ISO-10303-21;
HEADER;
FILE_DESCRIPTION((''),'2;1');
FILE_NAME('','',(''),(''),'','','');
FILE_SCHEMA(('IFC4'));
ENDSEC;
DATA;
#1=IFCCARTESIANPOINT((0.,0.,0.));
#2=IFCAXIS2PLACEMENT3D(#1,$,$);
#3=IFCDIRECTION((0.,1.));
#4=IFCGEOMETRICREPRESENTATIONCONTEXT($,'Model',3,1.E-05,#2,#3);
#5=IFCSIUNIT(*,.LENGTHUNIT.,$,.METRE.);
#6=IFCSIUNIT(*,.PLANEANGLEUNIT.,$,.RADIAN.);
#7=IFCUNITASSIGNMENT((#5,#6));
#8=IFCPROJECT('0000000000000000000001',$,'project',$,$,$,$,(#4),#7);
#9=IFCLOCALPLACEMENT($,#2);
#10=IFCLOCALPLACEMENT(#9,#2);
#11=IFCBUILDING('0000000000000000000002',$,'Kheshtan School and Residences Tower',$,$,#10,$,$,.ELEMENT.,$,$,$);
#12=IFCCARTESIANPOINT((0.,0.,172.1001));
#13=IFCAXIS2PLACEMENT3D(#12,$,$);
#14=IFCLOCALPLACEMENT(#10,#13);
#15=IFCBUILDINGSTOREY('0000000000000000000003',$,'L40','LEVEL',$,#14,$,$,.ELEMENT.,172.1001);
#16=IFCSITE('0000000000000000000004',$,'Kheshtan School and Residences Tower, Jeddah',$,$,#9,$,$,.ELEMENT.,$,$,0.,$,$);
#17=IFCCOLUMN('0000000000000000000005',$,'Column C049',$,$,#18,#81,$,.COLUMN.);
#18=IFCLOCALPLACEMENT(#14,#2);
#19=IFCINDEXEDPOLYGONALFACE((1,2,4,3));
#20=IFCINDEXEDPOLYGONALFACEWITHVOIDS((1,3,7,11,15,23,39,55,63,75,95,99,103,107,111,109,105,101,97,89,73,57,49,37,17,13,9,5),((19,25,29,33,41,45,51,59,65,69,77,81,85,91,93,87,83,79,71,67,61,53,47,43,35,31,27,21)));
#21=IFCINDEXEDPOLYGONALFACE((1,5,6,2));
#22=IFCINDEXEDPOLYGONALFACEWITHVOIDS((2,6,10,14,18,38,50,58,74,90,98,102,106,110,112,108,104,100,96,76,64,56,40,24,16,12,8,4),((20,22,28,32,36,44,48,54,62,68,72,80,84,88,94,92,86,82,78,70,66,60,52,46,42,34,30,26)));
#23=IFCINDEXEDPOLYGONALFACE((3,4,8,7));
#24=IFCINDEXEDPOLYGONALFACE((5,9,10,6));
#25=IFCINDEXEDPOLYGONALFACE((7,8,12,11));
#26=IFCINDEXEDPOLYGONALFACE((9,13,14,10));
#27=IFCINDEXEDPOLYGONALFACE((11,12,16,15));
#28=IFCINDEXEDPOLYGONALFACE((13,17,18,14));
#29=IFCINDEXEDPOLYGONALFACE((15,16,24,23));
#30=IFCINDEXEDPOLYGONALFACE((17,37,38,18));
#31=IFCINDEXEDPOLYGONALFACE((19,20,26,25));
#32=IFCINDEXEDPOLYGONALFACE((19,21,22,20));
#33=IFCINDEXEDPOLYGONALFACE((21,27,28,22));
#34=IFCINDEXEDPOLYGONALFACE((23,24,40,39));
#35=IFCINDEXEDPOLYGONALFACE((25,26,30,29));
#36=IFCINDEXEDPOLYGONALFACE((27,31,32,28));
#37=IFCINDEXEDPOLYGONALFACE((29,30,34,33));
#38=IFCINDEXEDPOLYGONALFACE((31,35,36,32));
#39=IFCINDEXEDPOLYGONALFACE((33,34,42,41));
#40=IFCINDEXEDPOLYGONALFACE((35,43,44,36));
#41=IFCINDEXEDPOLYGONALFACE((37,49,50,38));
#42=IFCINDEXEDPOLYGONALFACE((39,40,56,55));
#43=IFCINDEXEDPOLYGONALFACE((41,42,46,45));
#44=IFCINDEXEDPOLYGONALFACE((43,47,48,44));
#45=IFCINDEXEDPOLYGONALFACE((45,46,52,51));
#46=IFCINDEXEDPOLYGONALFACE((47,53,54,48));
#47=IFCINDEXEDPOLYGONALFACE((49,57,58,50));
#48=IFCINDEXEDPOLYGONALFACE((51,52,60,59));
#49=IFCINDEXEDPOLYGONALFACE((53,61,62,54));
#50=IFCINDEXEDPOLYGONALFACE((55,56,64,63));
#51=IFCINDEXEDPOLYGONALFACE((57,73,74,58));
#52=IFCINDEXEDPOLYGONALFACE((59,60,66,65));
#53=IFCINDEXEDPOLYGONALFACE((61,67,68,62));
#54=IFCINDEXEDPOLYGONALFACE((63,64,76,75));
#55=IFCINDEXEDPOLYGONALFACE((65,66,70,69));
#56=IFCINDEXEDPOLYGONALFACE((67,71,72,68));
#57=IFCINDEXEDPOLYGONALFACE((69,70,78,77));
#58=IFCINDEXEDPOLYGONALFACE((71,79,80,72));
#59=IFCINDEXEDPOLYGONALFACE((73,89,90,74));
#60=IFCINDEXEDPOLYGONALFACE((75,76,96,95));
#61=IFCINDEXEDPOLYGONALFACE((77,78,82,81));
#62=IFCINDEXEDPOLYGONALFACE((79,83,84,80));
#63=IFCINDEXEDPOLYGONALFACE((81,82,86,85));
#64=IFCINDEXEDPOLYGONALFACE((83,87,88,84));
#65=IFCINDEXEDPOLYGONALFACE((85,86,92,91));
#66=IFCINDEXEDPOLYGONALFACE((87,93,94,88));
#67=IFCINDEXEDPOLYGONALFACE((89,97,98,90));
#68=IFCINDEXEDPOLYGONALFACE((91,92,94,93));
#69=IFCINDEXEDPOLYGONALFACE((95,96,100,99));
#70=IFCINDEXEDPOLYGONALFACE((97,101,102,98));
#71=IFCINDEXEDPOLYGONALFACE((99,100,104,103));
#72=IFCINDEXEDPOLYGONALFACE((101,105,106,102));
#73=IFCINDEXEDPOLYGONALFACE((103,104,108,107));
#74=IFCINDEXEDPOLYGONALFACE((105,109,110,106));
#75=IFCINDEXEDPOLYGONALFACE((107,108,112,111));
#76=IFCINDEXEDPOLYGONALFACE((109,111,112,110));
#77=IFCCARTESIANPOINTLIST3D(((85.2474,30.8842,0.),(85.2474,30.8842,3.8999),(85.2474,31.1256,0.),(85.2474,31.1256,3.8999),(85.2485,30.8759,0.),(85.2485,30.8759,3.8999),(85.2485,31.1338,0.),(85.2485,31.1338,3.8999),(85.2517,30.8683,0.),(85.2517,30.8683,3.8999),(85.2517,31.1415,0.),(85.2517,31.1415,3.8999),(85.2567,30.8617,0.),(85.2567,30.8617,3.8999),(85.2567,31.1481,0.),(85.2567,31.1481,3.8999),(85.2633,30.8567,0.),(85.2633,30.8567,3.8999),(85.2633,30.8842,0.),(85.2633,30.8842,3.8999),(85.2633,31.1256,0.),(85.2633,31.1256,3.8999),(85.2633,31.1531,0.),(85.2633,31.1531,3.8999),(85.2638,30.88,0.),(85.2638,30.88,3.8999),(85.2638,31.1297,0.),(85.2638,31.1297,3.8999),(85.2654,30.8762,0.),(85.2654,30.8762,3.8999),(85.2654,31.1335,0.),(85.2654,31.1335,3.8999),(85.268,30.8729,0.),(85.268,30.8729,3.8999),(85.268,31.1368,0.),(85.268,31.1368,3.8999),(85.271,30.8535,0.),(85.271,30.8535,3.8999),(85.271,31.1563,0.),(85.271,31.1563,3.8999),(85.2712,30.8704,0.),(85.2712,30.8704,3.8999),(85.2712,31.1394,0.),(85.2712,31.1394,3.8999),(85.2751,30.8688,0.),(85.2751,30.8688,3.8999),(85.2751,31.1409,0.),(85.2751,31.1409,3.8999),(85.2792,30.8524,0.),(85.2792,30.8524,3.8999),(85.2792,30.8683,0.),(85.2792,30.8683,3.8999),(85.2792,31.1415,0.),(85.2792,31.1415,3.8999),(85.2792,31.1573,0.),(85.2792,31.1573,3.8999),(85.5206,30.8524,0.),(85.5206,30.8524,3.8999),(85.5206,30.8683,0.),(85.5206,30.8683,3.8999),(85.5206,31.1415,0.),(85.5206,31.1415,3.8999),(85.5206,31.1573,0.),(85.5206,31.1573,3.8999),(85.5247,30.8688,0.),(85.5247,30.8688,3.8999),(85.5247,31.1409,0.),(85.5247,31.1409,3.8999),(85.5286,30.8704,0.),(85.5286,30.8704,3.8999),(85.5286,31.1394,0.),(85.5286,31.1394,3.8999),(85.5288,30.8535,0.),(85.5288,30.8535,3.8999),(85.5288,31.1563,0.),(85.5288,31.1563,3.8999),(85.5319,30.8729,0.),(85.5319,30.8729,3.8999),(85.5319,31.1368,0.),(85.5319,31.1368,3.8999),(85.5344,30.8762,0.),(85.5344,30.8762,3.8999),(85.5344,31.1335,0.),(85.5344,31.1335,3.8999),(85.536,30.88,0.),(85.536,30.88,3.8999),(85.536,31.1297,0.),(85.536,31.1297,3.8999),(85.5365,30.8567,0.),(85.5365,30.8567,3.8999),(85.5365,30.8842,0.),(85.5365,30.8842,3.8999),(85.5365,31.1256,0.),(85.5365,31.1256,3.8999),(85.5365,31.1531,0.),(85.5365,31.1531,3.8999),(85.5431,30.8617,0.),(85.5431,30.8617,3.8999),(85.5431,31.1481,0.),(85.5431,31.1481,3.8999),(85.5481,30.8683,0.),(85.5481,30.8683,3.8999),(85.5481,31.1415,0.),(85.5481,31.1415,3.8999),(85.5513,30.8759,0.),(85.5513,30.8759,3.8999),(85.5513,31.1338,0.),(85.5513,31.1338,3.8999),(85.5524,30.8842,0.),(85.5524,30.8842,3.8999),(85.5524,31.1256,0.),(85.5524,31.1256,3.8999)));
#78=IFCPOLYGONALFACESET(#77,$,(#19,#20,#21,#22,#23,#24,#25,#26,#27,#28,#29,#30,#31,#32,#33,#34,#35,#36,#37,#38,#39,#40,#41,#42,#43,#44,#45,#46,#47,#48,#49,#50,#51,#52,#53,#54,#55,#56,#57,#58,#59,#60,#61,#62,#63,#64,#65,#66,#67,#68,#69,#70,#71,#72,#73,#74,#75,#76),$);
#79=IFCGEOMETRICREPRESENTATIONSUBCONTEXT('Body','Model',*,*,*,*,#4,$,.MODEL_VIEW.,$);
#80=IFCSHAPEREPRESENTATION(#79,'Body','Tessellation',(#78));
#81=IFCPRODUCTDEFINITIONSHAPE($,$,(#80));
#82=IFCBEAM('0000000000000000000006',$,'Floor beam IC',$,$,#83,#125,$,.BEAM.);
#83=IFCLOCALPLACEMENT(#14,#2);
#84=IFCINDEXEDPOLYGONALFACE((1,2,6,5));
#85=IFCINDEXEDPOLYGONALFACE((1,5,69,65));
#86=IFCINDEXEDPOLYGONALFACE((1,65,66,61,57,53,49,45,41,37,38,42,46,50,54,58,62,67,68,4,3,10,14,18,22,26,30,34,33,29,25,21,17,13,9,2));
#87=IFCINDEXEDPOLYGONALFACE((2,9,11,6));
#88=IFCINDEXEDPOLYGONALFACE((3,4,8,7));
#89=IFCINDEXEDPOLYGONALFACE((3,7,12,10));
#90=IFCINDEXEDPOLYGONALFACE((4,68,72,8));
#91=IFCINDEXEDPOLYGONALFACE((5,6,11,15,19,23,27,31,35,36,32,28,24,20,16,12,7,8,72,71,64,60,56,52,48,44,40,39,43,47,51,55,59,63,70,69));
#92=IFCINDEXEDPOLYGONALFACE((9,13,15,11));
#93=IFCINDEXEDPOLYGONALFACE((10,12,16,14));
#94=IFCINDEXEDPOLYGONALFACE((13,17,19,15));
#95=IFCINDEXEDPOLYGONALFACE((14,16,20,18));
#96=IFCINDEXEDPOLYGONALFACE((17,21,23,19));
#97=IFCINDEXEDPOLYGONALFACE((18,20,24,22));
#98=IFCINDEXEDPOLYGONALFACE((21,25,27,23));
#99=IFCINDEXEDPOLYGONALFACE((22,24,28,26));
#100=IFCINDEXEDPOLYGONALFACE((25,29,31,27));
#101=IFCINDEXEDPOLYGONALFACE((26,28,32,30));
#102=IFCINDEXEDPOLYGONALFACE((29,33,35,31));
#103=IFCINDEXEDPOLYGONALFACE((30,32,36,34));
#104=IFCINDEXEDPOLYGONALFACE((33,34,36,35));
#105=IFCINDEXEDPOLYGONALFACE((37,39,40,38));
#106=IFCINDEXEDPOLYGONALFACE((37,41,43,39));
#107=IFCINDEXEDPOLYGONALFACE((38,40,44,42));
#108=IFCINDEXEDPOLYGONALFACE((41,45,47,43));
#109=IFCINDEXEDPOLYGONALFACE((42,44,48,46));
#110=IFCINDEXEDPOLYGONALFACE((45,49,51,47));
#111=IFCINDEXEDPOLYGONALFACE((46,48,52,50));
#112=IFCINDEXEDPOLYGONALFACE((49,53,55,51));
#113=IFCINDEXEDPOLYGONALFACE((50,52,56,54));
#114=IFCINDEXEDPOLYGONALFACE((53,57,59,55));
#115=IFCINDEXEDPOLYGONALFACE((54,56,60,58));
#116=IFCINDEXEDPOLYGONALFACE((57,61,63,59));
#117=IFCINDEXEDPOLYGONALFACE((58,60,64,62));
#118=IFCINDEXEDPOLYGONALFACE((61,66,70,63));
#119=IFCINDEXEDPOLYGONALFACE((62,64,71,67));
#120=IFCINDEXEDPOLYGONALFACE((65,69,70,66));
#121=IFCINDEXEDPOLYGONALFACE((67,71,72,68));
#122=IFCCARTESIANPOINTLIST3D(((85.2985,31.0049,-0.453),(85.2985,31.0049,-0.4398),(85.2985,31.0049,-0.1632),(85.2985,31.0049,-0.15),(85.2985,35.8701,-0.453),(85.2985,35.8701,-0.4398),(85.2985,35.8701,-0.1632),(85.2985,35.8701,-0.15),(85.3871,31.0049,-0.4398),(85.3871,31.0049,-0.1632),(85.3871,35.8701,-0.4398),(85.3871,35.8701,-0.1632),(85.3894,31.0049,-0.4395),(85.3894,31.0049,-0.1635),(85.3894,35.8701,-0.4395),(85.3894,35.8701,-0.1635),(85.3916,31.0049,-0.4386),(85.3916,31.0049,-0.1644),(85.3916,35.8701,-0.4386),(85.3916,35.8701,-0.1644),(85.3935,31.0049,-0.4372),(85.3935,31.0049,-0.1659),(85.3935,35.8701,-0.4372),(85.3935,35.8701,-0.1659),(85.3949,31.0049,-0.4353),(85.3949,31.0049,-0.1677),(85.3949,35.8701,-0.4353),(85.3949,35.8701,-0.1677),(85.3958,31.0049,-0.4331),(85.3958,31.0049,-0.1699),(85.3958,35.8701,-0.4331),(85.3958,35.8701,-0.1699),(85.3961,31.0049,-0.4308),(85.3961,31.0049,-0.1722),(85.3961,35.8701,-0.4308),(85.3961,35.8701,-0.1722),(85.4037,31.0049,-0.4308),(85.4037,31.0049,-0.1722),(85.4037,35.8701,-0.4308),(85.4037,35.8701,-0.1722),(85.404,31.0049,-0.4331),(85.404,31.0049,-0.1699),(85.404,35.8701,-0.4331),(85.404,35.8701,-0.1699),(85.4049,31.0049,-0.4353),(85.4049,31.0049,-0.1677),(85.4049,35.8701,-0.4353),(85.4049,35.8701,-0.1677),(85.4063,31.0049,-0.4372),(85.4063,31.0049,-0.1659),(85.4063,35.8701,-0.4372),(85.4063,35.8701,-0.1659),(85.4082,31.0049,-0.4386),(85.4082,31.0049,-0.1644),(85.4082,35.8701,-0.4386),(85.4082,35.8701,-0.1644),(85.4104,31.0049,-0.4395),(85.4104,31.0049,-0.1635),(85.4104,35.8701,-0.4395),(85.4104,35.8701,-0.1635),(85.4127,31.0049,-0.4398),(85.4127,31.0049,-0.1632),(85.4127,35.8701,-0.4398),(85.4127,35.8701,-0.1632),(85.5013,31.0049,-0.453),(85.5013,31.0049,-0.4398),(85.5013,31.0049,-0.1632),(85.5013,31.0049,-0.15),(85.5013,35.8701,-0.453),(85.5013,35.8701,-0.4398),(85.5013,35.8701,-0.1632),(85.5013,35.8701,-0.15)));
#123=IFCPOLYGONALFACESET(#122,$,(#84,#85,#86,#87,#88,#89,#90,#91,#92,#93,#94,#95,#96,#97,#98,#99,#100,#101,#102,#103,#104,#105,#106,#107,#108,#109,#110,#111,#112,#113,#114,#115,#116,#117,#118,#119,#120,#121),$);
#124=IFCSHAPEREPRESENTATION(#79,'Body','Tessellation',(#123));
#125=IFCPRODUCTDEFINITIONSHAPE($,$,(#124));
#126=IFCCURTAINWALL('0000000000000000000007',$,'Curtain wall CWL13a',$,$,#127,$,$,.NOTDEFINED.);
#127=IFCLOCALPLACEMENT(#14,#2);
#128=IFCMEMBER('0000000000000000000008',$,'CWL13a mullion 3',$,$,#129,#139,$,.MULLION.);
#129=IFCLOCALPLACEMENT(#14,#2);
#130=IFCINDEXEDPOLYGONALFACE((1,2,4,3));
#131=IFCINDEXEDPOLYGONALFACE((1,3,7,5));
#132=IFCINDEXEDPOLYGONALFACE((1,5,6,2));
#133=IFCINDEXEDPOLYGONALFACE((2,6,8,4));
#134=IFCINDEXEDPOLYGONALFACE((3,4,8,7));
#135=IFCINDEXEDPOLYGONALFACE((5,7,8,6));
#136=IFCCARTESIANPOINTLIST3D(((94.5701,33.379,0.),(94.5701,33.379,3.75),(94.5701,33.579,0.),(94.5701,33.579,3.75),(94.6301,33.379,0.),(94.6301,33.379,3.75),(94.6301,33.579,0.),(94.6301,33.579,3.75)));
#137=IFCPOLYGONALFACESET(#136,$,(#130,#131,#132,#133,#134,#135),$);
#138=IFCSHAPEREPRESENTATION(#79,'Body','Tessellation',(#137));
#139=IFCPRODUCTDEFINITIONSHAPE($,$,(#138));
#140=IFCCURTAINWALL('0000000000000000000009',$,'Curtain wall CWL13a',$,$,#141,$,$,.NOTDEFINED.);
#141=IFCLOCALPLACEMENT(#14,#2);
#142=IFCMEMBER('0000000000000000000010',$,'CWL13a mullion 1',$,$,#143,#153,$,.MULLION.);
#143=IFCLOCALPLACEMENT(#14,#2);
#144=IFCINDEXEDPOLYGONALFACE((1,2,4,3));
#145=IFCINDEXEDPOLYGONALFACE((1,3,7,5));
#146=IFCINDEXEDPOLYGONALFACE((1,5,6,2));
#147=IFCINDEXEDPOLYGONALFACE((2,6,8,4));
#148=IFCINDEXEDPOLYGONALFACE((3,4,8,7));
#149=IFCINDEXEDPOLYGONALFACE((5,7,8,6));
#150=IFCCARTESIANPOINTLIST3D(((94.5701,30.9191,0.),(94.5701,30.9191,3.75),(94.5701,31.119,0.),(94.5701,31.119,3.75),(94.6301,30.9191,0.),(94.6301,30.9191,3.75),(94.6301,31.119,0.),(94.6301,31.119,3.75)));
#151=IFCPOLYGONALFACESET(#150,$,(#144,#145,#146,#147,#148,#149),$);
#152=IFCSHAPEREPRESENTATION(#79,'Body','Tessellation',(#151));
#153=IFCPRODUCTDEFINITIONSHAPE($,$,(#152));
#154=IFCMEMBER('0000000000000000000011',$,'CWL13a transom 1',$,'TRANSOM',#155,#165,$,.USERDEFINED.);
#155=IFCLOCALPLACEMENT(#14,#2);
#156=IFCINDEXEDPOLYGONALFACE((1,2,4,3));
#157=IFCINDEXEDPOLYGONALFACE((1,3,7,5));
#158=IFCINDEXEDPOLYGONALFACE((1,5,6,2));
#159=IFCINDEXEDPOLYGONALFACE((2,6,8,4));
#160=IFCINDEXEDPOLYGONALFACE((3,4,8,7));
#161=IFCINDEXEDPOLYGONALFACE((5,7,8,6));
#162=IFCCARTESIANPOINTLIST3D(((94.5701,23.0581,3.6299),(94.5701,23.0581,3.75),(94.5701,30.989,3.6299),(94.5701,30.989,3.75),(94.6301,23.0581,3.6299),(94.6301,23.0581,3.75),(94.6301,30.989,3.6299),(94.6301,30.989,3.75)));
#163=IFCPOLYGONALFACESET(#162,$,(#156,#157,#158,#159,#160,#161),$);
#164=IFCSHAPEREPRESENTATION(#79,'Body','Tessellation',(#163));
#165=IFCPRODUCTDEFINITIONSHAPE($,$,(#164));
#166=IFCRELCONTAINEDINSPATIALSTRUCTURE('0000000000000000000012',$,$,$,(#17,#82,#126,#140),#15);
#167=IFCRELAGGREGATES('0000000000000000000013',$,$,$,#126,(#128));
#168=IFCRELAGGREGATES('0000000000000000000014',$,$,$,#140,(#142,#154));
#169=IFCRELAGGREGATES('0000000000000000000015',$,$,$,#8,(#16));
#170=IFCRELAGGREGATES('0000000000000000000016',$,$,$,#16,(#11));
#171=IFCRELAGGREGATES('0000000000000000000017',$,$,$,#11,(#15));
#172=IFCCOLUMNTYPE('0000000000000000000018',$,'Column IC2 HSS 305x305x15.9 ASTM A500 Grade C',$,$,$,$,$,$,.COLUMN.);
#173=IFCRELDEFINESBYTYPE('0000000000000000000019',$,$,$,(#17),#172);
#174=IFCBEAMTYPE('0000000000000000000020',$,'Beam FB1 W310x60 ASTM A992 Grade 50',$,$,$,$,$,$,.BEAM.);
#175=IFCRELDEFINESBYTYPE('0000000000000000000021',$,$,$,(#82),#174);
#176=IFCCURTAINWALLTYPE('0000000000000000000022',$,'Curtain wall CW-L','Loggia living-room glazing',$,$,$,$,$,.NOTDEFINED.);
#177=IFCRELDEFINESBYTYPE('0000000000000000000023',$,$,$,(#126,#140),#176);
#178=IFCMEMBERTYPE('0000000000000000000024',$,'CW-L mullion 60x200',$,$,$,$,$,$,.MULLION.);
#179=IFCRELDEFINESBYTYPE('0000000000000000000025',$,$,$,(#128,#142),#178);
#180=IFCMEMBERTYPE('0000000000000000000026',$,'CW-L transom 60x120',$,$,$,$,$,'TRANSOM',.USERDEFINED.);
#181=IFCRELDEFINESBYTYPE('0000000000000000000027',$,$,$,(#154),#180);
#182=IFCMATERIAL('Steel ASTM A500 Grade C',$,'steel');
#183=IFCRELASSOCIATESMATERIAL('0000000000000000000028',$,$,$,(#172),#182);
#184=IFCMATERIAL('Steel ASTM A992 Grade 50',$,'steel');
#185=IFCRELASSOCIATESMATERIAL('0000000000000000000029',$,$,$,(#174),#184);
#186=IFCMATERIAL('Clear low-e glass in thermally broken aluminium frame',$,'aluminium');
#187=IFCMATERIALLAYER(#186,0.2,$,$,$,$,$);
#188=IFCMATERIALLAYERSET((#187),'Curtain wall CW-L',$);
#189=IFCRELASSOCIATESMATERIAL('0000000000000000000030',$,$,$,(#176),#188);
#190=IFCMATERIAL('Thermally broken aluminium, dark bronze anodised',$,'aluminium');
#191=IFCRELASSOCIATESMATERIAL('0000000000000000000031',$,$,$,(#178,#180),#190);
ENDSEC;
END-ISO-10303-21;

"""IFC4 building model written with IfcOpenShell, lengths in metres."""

from ifc_helpers import new_model, si_unit, direction, frame, origin, origin_2d, place, context, subcontext, project, spatial, rectangle, hollow_rectangle, i_section, extrude, material, layer, layer_set, material_profile, profile_set, type_object, element, aggregate, save


model = new_model("IFC4")

# Units and contexts
model_context = context("Model", 3, precision=1e-05, world=origin(), true_north=direction((0.0, 1.0)))
body_context = subcontext(model_context, "Body", "Model", "MODEL_VIEW")
ifc_project = project(units=[si_unit("LENGTHUNIT", "METRE"), si_unit("PLANEANGLEUNIT", "RADIAN")], contexts=[model_context])

# Site, building, storey
site_placement = place(None, origin())
site = spatial("IfcSite", under=ifc_project, at=site_placement, Name="Kheshtan School and Residences Tower, Jeddah", CompositionType="ELEMENT", RefElevation=0.0)
building_placement = place(site_placement, origin())
building = spatial("IfcBuilding", under=site, at=building_placement, Name="Kheshtan School and Residences Tower", CompositionType="ELEMENT")
storey_placement = place(building_placement, frame((0.0, 0.0, 172.1001)))
storey = spatial("IfcBuildingStorey", under=building, at=storey_placement, Name="L40", Description="LEVEL", CompositionType="ELEMENT", Elevation=172.1001)

# Column
ifc_material_1 = material(Name="Steel ASTM A500 Grade C", Category="steel")
ifc_material_profile_1 = material_profile(ifc_material_1, hollow_rectangle(XDim=0.3049, YDim=0.3049, WallThickness=0.0159, InnerFilletRadius=0.0159, OuterFilletRadius=0.0317, at=origin_2d()), Name="HSS 305x305x15.9")
ifc_profile_set_1 = profile_set([ifc_material_profile_1], Name="Steel ASTM A500 Grade C")
column_type = type_object("IfcColumnType", Name="Column IC2 HSS 305x305x15.9 ASTM A500 Grade C", PredefinedType="COLUMN", material=ifc_profile_set_1)
column_placement = place(storey_placement, frame((85.3999, 31.0049, 0.0), z_axis=(0.0, 0.0, 1.0), x_axis=(1.0, 0.0, 0.0)))
element("IfcColumn", 1, at=column_placement, inside=storey, type_object=column_type, Name="Column C049", PredefinedType="COLUMN", context=body_context, shape_type="SweptSolid", body=[
    extrude(hollow_rectangle(XDim=0.3049, YDim=0.3049, WallThickness=0.0159, InnerFilletRadius=0.0159, OuterFilletRadius=0.0317, at=origin_2d()), origin(), (0.0, 0.0, 1.0), 3.8999),
])

# Beam
ifc_material_2 = material(Name="Steel ASTM A992 Grade 50", Category="steel")
ifc_material_profile_2 = material_profile(ifc_material_2, i_section(OverallWidth=0.2029, OverallDepth=0.303, WebThickness=0.0076, FlangeThickness=0.0132, FilletRadius=0.009, at=origin_2d()), Name="W310x60")
ifc_profile_set_2 = profile_set([ifc_material_profile_2], Name="Steel ASTM A992 Grade 50")
beam_type = type_object("IfcBeamType", Name="Beam FB1 W310x60 ASTM A992 Grade 50", PredefinedType="BEAM", material=ifc_profile_set_2)
beam_placement = place(storey_placement, frame((85.3999, 31.0049, -0.3015), z_axis=(0.0, 1.0, 0.0), x_axis=(-1.0, 0.0, 0.0)))
element("IfcBeam", 2, at=beam_placement, inside=storey, type_object=beam_type, Name="Floor beam IC", PredefinedType="BEAM", context=body_context, shape_type="SweptSolid", body=[
    extrude(i_section(OverallWidth=0.2029, OverallDepth=0.303, WebThickness=0.0076, FlangeThickness=0.0132, FilletRadius=0.009, at=origin_2d()), origin(), (0.0, 0.0, 1.0), 4.8652),
])

# Curtain wall, member
ifc_material_3 = material(Name="Clear low-e glass in thermally broken aluminium frame", Category="aluminium")
ifc_layer_1 = layer(ifc_material_3, 0.2)
ifc_layer_set_1 = layer_set([ifc_layer_1], Name="Curtain wall CW-L")
curtain_wall_type = type_object("IfcCurtainWallType", Name="Curtain wall CW-L", Description="Loggia living-room glazing", PredefinedType="NOTDEFINED", material=ifc_layer_set_1)
curtain_wall_1_placement = place(storey_placement, origin())
curtain_wall_1 = element("IfcCurtainWall", 3, at=curtain_wall_1_placement, inside=storey, type_object=curtain_wall_type, Name="Curtain wall CWL13a", PredefinedType="NOTDEFINED")
ifc_material_4 = material(Name="Thermally broken aluminium, dark bronze anodised", Category="aluminium")
ifc_material_profile_3 = material_profile(ifc_material_4, rectangle(XDim=0.0601, YDim=0.2, at=origin_2d()), Name="CW-L mullion 60x200")
ifc_profile_set_3 = profile_set([ifc_material_profile_3], Name="Thermally broken aluminium, dark bronze anodised")
member_type_1 = type_object("IfcMemberType", Name="CW-L mullion 60x200", PredefinedType="MULLION", material=ifc_profile_set_3)
member_1_placement = place(storey_placement, frame((94.6001, 33.479, 0.0), z_axis=(0.0, 0.0, 1.0), x_axis=(1.0, 0.0, 0.0)))
member_1 = element("IfcMember", 4, at=member_1_placement, type_object=member_type_1, Name="CWL13a mullion 3", PredefinedType="MULLION", context=body_context, shape_type="SweptSolid", body=[
    extrude(rectangle(XDim=0.0601, YDim=0.2, at=origin_2d()), origin(), (0.0, 0.0, 1.0), 3.75),
])
aggregate(curtain_wall_1, [member_1])

# Curtain wall, members
curtain_wall_2_placement = place(storey_placement, origin())
curtain_wall_2 = element("IfcCurtainWall", 5, at=curtain_wall_2_placement, inside=storey, type_object=curtain_wall_type, Name="Curtain wall CWL13a", PredefinedType="NOTDEFINED")
member_2_placement = place(storey_placement, frame((94.6001, 31.019, 0.0), z_axis=(0.0, 0.0, 1.0), x_axis=(1.0, 0.0, 0.0)))
member_2 = element("IfcMember", 6, at=member_2_placement, type_object=member_type_1, Name="CWL13a mullion 1", PredefinedType="MULLION", context=body_context, shape_type="SweptSolid", body=[
    extrude(rectangle(XDim=0.0601, YDim=0.2, at=origin_2d()), origin(), (0.0, 0.0, 1.0), 3.75),
])
ifc_material_profile_4 = material_profile(ifc_material_4, rectangle(XDim=0.0601, YDim=0.1201, at=origin_2d()), Name="CW-L transom 60x120")
ifc_profile_set_4 = profile_set([ifc_material_profile_4], Name="Thermally broken aluminium, dark bronze anodised")
member_type_2 = type_object("IfcMemberType", Name="CW-L transom 60x120", ElementType="TRANSOM", PredefinedType="USERDEFINED", material=ifc_profile_set_4)
member_3_placement = place(storey_placement, frame((94.6001, 30.989, 3.6899), z_axis=(0.0, -1.0, 0.0), x_axis=(1.0, 0.0, 0.0)))
member_3 = element("IfcMember", 7, at=member_3_placement, type_object=member_type_2, Name="CWL13a transom 1", ObjectType="TRANSOM", PredefinedType="USERDEFINED", context=body_context, shape_type="SweptSolid", body=[
    extrude(rectangle(XDim=0.0601, YDim=0.1201, at=origin_2d()), origin(), (0.0, 0.0, 1.0), 7.9309),
])
aggregate(curtain_wall_2, [member_2, member_3])

save(model, "model.ifc")
